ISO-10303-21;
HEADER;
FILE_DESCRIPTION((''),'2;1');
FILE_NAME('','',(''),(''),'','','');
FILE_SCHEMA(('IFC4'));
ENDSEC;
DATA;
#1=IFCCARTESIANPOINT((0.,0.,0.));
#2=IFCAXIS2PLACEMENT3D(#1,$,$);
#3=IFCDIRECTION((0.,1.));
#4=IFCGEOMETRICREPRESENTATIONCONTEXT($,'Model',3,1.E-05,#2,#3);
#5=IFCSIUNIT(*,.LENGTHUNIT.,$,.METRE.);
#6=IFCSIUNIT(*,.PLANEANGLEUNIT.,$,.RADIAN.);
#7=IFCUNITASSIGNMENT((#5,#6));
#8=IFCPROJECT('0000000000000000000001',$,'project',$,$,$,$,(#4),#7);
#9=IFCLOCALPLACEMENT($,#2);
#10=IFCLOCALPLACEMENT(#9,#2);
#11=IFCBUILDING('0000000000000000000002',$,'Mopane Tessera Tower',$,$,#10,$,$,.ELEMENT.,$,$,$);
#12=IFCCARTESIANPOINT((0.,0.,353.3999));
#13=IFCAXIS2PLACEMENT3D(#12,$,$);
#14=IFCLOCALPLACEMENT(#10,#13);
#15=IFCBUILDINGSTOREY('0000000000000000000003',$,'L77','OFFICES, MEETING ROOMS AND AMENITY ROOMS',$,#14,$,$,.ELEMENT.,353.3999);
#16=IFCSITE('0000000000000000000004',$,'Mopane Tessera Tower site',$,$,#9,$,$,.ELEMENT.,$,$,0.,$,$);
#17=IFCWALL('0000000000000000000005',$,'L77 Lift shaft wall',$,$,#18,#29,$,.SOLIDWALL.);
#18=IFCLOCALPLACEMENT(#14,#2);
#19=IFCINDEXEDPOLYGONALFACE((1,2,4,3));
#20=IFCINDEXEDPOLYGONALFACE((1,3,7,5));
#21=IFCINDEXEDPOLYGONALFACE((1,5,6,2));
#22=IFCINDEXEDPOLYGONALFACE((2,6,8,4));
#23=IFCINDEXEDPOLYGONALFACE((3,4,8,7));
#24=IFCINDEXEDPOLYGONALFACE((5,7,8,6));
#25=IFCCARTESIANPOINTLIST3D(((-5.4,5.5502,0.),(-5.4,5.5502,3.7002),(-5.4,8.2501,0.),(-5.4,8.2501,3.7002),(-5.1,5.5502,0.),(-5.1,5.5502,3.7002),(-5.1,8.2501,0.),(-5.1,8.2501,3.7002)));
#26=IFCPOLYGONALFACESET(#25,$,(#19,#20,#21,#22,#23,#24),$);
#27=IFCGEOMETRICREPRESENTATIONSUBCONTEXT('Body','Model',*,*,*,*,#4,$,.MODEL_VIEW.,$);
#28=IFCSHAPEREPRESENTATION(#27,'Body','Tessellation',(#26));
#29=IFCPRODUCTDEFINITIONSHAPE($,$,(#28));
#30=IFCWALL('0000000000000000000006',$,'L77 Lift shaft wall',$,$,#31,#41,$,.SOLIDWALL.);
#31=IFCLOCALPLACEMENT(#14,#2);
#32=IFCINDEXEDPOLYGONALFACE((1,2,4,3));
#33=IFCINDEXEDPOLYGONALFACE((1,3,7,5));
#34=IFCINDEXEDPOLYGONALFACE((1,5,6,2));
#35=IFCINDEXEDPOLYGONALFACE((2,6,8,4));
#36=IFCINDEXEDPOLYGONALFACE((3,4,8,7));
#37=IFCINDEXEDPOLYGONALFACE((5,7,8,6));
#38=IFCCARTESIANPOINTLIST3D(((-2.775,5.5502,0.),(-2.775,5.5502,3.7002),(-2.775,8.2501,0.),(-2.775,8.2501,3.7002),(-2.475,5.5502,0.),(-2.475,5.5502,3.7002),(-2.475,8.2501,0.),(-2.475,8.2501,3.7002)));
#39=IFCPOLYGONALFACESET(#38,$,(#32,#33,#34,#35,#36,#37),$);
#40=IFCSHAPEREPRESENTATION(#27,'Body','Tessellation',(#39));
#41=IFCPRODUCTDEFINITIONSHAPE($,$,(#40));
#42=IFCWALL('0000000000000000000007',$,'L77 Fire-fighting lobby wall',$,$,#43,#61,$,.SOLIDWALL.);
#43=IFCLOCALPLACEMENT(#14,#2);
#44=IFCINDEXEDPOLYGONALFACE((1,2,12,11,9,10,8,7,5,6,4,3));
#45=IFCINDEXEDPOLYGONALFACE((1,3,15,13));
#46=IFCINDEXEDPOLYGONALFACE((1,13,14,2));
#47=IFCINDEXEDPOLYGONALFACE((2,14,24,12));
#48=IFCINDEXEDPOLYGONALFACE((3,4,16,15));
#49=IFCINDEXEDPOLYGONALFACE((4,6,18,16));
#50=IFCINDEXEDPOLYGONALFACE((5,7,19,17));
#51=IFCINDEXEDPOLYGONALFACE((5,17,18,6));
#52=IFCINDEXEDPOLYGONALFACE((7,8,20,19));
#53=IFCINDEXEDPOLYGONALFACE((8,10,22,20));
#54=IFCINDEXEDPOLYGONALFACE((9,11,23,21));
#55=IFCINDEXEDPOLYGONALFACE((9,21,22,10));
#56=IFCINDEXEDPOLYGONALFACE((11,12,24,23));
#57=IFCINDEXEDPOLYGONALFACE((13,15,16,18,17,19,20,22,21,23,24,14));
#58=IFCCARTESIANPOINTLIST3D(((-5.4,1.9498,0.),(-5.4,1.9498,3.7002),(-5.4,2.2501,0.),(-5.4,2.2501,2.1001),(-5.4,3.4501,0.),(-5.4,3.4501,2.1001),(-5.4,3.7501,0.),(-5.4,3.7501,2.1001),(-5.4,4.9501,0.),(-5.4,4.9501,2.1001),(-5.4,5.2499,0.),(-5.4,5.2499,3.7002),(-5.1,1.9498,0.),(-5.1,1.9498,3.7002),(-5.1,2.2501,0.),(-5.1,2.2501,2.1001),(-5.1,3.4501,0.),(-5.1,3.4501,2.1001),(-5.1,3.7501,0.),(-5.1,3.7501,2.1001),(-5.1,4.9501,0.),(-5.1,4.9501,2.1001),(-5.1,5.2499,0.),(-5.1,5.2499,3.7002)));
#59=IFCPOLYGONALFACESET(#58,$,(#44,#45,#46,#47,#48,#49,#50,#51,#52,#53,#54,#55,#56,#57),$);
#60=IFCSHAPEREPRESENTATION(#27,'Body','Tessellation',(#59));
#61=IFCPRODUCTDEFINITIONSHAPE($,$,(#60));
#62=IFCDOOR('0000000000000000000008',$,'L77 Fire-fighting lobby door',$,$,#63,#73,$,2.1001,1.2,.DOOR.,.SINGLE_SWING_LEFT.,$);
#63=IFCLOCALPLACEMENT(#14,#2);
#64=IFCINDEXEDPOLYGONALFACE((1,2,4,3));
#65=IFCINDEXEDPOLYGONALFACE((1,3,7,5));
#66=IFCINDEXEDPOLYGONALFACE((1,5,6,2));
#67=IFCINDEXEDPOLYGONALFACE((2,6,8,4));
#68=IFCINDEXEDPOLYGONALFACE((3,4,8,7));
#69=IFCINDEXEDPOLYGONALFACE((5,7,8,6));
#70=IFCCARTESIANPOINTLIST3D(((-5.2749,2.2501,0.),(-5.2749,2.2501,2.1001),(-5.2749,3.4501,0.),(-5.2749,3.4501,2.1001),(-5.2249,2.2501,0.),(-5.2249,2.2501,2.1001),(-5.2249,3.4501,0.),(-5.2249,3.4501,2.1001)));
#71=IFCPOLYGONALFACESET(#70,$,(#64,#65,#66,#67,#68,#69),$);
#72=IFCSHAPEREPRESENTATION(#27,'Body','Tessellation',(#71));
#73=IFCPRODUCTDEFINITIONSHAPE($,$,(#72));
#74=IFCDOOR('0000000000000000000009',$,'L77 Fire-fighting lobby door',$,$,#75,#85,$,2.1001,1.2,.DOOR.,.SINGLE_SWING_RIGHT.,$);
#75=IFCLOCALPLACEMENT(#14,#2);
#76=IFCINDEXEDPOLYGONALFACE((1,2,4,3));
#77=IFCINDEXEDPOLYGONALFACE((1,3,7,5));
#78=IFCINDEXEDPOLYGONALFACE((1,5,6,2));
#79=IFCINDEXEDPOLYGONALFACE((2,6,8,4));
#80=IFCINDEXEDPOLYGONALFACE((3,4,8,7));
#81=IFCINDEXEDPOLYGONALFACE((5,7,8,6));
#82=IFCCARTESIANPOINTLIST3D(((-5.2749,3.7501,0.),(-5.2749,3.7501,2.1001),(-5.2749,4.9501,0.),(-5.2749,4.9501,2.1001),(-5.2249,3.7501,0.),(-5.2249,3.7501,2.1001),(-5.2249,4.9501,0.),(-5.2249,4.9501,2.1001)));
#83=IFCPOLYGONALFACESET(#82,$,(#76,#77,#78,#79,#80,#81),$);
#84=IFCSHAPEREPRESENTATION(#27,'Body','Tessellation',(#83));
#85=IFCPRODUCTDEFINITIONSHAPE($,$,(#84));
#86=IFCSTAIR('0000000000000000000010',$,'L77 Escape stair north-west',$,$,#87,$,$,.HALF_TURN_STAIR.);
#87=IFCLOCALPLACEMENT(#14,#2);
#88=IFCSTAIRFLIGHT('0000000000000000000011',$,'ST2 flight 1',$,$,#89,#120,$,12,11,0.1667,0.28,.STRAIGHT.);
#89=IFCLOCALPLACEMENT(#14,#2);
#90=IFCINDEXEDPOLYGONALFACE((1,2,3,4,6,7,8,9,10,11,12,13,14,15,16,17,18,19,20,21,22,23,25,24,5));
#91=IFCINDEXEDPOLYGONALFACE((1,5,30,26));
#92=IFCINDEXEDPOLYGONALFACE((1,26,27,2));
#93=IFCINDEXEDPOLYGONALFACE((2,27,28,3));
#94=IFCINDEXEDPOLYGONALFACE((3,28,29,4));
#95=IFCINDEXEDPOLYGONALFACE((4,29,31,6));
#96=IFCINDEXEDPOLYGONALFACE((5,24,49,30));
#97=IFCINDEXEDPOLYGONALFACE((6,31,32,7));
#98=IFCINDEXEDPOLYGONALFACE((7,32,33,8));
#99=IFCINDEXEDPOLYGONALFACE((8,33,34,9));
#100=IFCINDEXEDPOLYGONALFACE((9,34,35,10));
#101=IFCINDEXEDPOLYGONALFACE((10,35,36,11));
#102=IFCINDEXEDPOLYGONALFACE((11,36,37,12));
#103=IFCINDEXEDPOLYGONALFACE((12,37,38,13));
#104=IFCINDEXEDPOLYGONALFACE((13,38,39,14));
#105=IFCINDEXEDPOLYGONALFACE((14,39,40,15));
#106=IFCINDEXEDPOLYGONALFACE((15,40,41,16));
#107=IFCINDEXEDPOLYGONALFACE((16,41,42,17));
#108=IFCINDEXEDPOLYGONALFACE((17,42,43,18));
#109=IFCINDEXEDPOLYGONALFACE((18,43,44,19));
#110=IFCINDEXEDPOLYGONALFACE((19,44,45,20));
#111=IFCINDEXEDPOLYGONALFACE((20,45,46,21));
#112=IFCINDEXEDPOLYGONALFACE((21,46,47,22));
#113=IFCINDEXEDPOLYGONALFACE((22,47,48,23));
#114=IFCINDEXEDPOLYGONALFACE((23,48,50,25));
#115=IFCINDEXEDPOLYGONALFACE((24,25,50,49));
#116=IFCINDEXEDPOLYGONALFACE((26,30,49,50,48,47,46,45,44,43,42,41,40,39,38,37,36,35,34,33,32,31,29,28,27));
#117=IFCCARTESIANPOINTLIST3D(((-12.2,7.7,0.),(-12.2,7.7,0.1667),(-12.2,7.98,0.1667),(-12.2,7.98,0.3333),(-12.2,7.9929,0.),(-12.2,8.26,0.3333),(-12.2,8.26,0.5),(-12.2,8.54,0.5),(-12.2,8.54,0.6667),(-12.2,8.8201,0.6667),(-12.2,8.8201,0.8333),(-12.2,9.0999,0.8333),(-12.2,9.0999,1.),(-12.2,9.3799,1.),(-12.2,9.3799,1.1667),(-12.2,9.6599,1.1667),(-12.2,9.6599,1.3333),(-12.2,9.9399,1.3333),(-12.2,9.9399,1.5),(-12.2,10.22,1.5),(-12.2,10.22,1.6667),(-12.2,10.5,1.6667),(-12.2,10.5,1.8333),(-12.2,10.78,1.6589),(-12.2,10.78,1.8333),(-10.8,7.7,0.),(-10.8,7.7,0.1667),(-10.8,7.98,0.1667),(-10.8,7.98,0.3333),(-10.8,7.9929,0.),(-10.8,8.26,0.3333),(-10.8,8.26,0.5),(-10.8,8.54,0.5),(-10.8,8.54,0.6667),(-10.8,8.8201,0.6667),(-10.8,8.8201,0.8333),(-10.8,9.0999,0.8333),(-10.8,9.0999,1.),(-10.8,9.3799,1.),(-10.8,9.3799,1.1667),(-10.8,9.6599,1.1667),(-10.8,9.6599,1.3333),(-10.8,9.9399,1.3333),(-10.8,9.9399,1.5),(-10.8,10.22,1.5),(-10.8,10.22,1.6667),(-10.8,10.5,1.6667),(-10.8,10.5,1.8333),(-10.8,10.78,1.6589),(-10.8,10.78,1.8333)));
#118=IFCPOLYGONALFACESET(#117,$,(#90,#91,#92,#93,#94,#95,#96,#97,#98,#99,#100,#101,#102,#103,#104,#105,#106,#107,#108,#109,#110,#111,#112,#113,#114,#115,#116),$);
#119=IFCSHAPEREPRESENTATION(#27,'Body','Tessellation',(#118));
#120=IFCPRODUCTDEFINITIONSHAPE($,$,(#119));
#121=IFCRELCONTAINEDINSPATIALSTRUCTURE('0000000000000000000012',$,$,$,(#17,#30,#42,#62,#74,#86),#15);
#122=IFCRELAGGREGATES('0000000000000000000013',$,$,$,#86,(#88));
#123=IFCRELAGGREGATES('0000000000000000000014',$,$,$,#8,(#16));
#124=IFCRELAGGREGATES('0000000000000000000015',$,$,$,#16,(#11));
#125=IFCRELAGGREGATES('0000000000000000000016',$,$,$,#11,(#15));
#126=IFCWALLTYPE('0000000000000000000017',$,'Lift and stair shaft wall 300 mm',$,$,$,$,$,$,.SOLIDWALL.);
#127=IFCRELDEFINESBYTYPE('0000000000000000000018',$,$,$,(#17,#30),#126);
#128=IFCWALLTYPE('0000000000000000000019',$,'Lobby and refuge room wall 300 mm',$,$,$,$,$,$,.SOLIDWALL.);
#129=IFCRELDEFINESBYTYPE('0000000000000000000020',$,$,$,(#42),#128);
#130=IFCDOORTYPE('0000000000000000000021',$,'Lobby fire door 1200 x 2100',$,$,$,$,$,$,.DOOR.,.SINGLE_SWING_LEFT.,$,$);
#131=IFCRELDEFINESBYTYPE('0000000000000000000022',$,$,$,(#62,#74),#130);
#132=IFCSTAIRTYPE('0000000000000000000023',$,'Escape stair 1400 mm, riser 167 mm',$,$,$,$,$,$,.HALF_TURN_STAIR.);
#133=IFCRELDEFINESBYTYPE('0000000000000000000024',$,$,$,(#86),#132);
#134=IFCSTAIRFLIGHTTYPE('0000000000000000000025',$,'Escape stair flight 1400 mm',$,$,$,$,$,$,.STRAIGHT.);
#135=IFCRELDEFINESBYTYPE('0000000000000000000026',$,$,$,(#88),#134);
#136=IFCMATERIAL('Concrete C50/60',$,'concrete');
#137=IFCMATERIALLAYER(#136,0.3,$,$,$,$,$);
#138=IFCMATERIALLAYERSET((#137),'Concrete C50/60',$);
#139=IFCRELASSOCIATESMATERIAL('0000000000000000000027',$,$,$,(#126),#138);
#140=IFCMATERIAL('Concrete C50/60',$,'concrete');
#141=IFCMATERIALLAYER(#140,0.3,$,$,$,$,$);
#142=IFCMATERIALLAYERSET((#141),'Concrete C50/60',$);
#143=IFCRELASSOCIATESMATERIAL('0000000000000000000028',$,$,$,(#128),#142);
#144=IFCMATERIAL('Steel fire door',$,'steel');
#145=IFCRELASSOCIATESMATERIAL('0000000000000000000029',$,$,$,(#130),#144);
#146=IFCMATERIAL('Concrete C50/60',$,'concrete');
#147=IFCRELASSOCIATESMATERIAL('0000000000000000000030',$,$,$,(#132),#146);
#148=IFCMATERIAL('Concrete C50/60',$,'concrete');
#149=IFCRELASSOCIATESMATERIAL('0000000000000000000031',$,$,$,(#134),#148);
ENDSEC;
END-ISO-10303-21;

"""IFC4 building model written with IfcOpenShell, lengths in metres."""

from ifc_helpers import new_model, si_unit, direction, frame, frame_2d, origin, place, context, subcontext, project, spatial, polyline, rectangle, outline, extrude, material, layer, layer_set, type_object, element, fill, aggregate, save


model = new_model("IFC4")

# Units and contexts
model_context = context("Model", 3, precision=1e-05, world=origin(), true_north=direction((0.0, 1.0)))
body_context = subcontext(model_context, "Body", "Model", "MODEL_VIEW")
ifc_project = project(units=[si_unit("LENGTHUNIT", "METRE"), si_unit("PLANEANGLEUNIT", "RADIAN")], contexts=[model_context])

# Site, building, storey
site_placement = place(None, origin())
site = spatial("IfcSite", under=ifc_project, at=site_placement, Name="Mopane Tessera Tower site", CompositionType="ELEMENT", RefElevation=0.0)
building_placement = place(site_placement, origin())
building = spatial("IfcBuilding", under=site, at=building_placement, Name="Mopane Tessera Tower", CompositionType="ELEMENT")
storey_placement = place(building_placement, frame((0.0, 0.0, 353.3999)))
storey = spatial("IfcBuildingStorey", under=building, at=storey_placement, Name="L77", Description="OFFICES, MEETING ROOMS AND AMENITY ROOMS", CompositionType="ELEMENT", Elevation=353.3999)

# Shared definitions
ifc_material_1 = material(Name="Concrete C50/60", Category="concrete")
ifc_layer_1 = layer(ifc_material_1, 0.3)
ifc_layer_set_1 = layer_set([ifc_layer_1], Name="Concrete C50/60")
wall_type_1 = type_object("IfcWallType", Name="Lift and stair shaft wall 300 mm", PredefinedType="SOLIDWALL", material=ifc_layer_set_1)

# Walls
for number, where, z_axis, x_axis, name in (
    (1, (-5.25, 5.55, 0.0), (0.0, 0.0, 1.0), (0.0, 1.0, 0.0), "L77 Lift shaft wall"),
    (2, (-2.625, 5.55, 0.0), (0.0, 0.0, 1.0), (0.0, 1.0, 0.0), "L77 Lift shaft wall"),
):
    element("IfcWall", number, at=place(storey_placement, frame(where, z_axis=z_axis, x_axis=x_axis)), inside=storey, type_object=wall_type_1, Name=name, PredefinedType="SOLIDWALL", context=body_context, shape_type="SweptSolid", body=[
        extrude(rectangle(XDim=2.7, YDim=0.3, at=frame_2d((1.3501, 0.0))), origin(), (0.0, 0.0, 1.0), 3.7002),
    ])

# Wall, openings, doors
ifc_material_2 = material(Name="Concrete C50/60", Category="concrete")
ifc_layer_2 = layer(ifc_material_2, 0.3)
ifc_layer_set_2 = layer_set([ifc_layer_2], Name="Concrete C50/60")
wall_type_2 = type_object("IfcWallType", Name="Lobby and refuge room wall 300 mm", PredefinedType="SOLIDWALL", material=ifc_layer_set_2)
wall_1_placement = place(storey_placement, frame((-5.25, 1.95, 0.0), z_axis=(0.0, 0.0, 1.0), x_axis=(0.0, 1.0, 0.0)))
wall_1 = element("IfcWall", 3, at=wall_1_placement, inside=storey, type_object=wall_type_2, Name="L77 Fire-fighting lobby wall", PredefinedType="SOLIDWALL", context=body_context, shape_type="SweptSolid", body=[
    extrude(rectangle(XDim=3.3, YDim=0.3, at=frame_2d((1.6499, 0.0))), origin(), (0.0, 0.0, 1.0), 3.7002),
])
opening_1_placement = place(wall_1_placement, frame((0.3, 0.0, 0.0)))
opening_1 = element("IfcOpeningElement", 4, at=opening_1_placement, cuts=wall_1, PredefinedType="OPENING", context=body_context, shape_type="SweptSolid", body=[
    extrude(rectangle(XDim=1.2, YDim=2.1001, at=frame_2d((0.6001, 1.05))), frame((0.0, 0.1621, 0.0), z_axis=(0.0, -1.0, 0.0), x_axis=(1.0, 0.0, 0.0)), (0.0, 0.0, 1.0), 0.324),
])
opening_2_placement = place(wall_1_placement, frame((1.8, 0.0, 0.0)))
opening_2 = element("IfcOpeningElement", 5, at=opening_2_placement, cuts=wall_1, PredefinedType="OPENING", context=body_context, shape_type="SweptSolid", body=[
    extrude(rectangle(XDim=1.2, YDim=2.1001, at=frame_2d((0.6001, 1.05))), frame((0.0, 0.1621, 0.0), z_axis=(0.0, -1.0, 0.0), x_axis=(1.0, 0.0, 0.0)), (0.0, 0.0, 1.0), 0.324),
])
ifc_material_3 = material(Name="Steel fire door", Category="steel")
door_type_1 = type_object("IfcDoorType", Name="Lobby fire door 1200 x 2100", OperationType="SINGLE_SWING_LEFT", PredefinedType="DOOR", material=ifc_material_3)
door_1_placement = place(opening_1_placement, origin())
door_1 = element("IfcDoor", 6, at=door_1_placement, inside=storey, type_object=door_type_1, Name="L77 Fire-fighting lobby door", OperationType="SINGLE_SWING_LEFT", OverallHeight=2.1001, OverallWidth=1.2, PredefinedType="DOOR", context=body_context, shape_type="SweptSolid", body=[
    extrude(rectangle(XDim=1.2, YDim=2.1001, at=frame_2d((0.6001, 1.05))), frame((0.0, 0.0249, 0.0), z_axis=(0.0, -1.0, 0.0), x_axis=(1.0, 0.0, 0.0)), (0.0, 0.0, 1.0), 0.05),
])
fill(opening_1, door_1)
door_2_placement = place(opening_2_placement, origin())
door_2 = element("IfcDoor", 7, at=door_2_placement, inside=storey, type_object=door_type_1, Name="L77 Fire-fighting lobby door", OperationType="SINGLE_SWING_RIGHT", OverallHeight=2.1001, OverallWidth=1.2, PredefinedType="DOOR", context=body_context, shape_type="SweptSolid", body=[
    extrude(rectangle(XDim=1.2, YDim=2.1001, at=frame_2d((0.6001, 1.05))), frame((0.0, 0.0249, 0.0), z_axis=(0.0, -1.0, 0.0), x_axis=(1.0, 0.0, 0.0)), (0.0, 0.0, 1.0), 0.05),
])
fill(opening_2, door_2)

# Stair, stair flight
ifc_material_4 = material(Name="Concrete C50/60", Category="concrete")
stair_type = type_object("IfcStairType", Name="Escape stair 1400 mm, riser 167 mm", PredefinedType="HALF_TURN_STAIR", material=ifc_material_4)
stair_placement = place(storey_placement, origin())
stair = element("IfcStair", 8, at=stair_placement, inside=storey, type_object=stair_type, Name="L77 Escape stair north-west", PredefinedType="HALF_TURN_STAIR")
ifc_material_5 = material(Name="Concrete C50/60", Category="concrete")
stair_flight_type = type_object("IfcStairFlightType", Name="Escape stair flight 1400 mm", PredefinedType="STRAIGHT", material=ifc_material_5)
stair_flight_placement = place(storey_placement, frame((-11.5, 7.7, 0.0), z_axis=(0.0, 0.0, 1.0), x_axis=(0.0, 1.0, 0.0)))
stair_flight = element("IfcStairFlight", 9, at=stair_flight_placement, type_object=stair_flight_type, Name="ST2 flight 1", NumberOfRisers=12, NumberOfTreads=11, PredefinedType="STRAIGHT", RiserHeight=0.1667, TreadLength=0.28, context=body_context, shape_type="SweptSolid", body=[
    extrude(outline(polyline([(0.0, 0.0), (0.0, 0.1667), (0.28, 0.1667), (0.28, 0.3333), (0.5601, 0.3333), (0.5601, 0.5), (0.8401, 0.5), (0.8401, 0.6667), (1.1201, 0.6667), (1.1201, 0.8333), (1.3999, 0.8333), (1.3999, 1.0), (1.6799, 1.0), (1.6799, 1.1667), (1.96, 1.1667), (1.96, 1.3333), (2.24, 1.3333), (2.24, 1.5), (2.52, 1.5), (2.52, 1.6667), (2.8, 1.6667), (2.8, 1.8333), (3.0801, 1.8333), (3.0801, 2.0), (3.0801, 1.6589), (0.293, 0.0), (0.0, 0.0)])), frame((0.0, 0.7, 0.0), z_axis=(0.0, -1.0, 0.0), x_axis=(1.0, 0.0, 0.0)), (0.0, 0.0, 1.0), 1.3999),
])
aggregate(stair, [stair_flight])

save(model, "model.ifc")
